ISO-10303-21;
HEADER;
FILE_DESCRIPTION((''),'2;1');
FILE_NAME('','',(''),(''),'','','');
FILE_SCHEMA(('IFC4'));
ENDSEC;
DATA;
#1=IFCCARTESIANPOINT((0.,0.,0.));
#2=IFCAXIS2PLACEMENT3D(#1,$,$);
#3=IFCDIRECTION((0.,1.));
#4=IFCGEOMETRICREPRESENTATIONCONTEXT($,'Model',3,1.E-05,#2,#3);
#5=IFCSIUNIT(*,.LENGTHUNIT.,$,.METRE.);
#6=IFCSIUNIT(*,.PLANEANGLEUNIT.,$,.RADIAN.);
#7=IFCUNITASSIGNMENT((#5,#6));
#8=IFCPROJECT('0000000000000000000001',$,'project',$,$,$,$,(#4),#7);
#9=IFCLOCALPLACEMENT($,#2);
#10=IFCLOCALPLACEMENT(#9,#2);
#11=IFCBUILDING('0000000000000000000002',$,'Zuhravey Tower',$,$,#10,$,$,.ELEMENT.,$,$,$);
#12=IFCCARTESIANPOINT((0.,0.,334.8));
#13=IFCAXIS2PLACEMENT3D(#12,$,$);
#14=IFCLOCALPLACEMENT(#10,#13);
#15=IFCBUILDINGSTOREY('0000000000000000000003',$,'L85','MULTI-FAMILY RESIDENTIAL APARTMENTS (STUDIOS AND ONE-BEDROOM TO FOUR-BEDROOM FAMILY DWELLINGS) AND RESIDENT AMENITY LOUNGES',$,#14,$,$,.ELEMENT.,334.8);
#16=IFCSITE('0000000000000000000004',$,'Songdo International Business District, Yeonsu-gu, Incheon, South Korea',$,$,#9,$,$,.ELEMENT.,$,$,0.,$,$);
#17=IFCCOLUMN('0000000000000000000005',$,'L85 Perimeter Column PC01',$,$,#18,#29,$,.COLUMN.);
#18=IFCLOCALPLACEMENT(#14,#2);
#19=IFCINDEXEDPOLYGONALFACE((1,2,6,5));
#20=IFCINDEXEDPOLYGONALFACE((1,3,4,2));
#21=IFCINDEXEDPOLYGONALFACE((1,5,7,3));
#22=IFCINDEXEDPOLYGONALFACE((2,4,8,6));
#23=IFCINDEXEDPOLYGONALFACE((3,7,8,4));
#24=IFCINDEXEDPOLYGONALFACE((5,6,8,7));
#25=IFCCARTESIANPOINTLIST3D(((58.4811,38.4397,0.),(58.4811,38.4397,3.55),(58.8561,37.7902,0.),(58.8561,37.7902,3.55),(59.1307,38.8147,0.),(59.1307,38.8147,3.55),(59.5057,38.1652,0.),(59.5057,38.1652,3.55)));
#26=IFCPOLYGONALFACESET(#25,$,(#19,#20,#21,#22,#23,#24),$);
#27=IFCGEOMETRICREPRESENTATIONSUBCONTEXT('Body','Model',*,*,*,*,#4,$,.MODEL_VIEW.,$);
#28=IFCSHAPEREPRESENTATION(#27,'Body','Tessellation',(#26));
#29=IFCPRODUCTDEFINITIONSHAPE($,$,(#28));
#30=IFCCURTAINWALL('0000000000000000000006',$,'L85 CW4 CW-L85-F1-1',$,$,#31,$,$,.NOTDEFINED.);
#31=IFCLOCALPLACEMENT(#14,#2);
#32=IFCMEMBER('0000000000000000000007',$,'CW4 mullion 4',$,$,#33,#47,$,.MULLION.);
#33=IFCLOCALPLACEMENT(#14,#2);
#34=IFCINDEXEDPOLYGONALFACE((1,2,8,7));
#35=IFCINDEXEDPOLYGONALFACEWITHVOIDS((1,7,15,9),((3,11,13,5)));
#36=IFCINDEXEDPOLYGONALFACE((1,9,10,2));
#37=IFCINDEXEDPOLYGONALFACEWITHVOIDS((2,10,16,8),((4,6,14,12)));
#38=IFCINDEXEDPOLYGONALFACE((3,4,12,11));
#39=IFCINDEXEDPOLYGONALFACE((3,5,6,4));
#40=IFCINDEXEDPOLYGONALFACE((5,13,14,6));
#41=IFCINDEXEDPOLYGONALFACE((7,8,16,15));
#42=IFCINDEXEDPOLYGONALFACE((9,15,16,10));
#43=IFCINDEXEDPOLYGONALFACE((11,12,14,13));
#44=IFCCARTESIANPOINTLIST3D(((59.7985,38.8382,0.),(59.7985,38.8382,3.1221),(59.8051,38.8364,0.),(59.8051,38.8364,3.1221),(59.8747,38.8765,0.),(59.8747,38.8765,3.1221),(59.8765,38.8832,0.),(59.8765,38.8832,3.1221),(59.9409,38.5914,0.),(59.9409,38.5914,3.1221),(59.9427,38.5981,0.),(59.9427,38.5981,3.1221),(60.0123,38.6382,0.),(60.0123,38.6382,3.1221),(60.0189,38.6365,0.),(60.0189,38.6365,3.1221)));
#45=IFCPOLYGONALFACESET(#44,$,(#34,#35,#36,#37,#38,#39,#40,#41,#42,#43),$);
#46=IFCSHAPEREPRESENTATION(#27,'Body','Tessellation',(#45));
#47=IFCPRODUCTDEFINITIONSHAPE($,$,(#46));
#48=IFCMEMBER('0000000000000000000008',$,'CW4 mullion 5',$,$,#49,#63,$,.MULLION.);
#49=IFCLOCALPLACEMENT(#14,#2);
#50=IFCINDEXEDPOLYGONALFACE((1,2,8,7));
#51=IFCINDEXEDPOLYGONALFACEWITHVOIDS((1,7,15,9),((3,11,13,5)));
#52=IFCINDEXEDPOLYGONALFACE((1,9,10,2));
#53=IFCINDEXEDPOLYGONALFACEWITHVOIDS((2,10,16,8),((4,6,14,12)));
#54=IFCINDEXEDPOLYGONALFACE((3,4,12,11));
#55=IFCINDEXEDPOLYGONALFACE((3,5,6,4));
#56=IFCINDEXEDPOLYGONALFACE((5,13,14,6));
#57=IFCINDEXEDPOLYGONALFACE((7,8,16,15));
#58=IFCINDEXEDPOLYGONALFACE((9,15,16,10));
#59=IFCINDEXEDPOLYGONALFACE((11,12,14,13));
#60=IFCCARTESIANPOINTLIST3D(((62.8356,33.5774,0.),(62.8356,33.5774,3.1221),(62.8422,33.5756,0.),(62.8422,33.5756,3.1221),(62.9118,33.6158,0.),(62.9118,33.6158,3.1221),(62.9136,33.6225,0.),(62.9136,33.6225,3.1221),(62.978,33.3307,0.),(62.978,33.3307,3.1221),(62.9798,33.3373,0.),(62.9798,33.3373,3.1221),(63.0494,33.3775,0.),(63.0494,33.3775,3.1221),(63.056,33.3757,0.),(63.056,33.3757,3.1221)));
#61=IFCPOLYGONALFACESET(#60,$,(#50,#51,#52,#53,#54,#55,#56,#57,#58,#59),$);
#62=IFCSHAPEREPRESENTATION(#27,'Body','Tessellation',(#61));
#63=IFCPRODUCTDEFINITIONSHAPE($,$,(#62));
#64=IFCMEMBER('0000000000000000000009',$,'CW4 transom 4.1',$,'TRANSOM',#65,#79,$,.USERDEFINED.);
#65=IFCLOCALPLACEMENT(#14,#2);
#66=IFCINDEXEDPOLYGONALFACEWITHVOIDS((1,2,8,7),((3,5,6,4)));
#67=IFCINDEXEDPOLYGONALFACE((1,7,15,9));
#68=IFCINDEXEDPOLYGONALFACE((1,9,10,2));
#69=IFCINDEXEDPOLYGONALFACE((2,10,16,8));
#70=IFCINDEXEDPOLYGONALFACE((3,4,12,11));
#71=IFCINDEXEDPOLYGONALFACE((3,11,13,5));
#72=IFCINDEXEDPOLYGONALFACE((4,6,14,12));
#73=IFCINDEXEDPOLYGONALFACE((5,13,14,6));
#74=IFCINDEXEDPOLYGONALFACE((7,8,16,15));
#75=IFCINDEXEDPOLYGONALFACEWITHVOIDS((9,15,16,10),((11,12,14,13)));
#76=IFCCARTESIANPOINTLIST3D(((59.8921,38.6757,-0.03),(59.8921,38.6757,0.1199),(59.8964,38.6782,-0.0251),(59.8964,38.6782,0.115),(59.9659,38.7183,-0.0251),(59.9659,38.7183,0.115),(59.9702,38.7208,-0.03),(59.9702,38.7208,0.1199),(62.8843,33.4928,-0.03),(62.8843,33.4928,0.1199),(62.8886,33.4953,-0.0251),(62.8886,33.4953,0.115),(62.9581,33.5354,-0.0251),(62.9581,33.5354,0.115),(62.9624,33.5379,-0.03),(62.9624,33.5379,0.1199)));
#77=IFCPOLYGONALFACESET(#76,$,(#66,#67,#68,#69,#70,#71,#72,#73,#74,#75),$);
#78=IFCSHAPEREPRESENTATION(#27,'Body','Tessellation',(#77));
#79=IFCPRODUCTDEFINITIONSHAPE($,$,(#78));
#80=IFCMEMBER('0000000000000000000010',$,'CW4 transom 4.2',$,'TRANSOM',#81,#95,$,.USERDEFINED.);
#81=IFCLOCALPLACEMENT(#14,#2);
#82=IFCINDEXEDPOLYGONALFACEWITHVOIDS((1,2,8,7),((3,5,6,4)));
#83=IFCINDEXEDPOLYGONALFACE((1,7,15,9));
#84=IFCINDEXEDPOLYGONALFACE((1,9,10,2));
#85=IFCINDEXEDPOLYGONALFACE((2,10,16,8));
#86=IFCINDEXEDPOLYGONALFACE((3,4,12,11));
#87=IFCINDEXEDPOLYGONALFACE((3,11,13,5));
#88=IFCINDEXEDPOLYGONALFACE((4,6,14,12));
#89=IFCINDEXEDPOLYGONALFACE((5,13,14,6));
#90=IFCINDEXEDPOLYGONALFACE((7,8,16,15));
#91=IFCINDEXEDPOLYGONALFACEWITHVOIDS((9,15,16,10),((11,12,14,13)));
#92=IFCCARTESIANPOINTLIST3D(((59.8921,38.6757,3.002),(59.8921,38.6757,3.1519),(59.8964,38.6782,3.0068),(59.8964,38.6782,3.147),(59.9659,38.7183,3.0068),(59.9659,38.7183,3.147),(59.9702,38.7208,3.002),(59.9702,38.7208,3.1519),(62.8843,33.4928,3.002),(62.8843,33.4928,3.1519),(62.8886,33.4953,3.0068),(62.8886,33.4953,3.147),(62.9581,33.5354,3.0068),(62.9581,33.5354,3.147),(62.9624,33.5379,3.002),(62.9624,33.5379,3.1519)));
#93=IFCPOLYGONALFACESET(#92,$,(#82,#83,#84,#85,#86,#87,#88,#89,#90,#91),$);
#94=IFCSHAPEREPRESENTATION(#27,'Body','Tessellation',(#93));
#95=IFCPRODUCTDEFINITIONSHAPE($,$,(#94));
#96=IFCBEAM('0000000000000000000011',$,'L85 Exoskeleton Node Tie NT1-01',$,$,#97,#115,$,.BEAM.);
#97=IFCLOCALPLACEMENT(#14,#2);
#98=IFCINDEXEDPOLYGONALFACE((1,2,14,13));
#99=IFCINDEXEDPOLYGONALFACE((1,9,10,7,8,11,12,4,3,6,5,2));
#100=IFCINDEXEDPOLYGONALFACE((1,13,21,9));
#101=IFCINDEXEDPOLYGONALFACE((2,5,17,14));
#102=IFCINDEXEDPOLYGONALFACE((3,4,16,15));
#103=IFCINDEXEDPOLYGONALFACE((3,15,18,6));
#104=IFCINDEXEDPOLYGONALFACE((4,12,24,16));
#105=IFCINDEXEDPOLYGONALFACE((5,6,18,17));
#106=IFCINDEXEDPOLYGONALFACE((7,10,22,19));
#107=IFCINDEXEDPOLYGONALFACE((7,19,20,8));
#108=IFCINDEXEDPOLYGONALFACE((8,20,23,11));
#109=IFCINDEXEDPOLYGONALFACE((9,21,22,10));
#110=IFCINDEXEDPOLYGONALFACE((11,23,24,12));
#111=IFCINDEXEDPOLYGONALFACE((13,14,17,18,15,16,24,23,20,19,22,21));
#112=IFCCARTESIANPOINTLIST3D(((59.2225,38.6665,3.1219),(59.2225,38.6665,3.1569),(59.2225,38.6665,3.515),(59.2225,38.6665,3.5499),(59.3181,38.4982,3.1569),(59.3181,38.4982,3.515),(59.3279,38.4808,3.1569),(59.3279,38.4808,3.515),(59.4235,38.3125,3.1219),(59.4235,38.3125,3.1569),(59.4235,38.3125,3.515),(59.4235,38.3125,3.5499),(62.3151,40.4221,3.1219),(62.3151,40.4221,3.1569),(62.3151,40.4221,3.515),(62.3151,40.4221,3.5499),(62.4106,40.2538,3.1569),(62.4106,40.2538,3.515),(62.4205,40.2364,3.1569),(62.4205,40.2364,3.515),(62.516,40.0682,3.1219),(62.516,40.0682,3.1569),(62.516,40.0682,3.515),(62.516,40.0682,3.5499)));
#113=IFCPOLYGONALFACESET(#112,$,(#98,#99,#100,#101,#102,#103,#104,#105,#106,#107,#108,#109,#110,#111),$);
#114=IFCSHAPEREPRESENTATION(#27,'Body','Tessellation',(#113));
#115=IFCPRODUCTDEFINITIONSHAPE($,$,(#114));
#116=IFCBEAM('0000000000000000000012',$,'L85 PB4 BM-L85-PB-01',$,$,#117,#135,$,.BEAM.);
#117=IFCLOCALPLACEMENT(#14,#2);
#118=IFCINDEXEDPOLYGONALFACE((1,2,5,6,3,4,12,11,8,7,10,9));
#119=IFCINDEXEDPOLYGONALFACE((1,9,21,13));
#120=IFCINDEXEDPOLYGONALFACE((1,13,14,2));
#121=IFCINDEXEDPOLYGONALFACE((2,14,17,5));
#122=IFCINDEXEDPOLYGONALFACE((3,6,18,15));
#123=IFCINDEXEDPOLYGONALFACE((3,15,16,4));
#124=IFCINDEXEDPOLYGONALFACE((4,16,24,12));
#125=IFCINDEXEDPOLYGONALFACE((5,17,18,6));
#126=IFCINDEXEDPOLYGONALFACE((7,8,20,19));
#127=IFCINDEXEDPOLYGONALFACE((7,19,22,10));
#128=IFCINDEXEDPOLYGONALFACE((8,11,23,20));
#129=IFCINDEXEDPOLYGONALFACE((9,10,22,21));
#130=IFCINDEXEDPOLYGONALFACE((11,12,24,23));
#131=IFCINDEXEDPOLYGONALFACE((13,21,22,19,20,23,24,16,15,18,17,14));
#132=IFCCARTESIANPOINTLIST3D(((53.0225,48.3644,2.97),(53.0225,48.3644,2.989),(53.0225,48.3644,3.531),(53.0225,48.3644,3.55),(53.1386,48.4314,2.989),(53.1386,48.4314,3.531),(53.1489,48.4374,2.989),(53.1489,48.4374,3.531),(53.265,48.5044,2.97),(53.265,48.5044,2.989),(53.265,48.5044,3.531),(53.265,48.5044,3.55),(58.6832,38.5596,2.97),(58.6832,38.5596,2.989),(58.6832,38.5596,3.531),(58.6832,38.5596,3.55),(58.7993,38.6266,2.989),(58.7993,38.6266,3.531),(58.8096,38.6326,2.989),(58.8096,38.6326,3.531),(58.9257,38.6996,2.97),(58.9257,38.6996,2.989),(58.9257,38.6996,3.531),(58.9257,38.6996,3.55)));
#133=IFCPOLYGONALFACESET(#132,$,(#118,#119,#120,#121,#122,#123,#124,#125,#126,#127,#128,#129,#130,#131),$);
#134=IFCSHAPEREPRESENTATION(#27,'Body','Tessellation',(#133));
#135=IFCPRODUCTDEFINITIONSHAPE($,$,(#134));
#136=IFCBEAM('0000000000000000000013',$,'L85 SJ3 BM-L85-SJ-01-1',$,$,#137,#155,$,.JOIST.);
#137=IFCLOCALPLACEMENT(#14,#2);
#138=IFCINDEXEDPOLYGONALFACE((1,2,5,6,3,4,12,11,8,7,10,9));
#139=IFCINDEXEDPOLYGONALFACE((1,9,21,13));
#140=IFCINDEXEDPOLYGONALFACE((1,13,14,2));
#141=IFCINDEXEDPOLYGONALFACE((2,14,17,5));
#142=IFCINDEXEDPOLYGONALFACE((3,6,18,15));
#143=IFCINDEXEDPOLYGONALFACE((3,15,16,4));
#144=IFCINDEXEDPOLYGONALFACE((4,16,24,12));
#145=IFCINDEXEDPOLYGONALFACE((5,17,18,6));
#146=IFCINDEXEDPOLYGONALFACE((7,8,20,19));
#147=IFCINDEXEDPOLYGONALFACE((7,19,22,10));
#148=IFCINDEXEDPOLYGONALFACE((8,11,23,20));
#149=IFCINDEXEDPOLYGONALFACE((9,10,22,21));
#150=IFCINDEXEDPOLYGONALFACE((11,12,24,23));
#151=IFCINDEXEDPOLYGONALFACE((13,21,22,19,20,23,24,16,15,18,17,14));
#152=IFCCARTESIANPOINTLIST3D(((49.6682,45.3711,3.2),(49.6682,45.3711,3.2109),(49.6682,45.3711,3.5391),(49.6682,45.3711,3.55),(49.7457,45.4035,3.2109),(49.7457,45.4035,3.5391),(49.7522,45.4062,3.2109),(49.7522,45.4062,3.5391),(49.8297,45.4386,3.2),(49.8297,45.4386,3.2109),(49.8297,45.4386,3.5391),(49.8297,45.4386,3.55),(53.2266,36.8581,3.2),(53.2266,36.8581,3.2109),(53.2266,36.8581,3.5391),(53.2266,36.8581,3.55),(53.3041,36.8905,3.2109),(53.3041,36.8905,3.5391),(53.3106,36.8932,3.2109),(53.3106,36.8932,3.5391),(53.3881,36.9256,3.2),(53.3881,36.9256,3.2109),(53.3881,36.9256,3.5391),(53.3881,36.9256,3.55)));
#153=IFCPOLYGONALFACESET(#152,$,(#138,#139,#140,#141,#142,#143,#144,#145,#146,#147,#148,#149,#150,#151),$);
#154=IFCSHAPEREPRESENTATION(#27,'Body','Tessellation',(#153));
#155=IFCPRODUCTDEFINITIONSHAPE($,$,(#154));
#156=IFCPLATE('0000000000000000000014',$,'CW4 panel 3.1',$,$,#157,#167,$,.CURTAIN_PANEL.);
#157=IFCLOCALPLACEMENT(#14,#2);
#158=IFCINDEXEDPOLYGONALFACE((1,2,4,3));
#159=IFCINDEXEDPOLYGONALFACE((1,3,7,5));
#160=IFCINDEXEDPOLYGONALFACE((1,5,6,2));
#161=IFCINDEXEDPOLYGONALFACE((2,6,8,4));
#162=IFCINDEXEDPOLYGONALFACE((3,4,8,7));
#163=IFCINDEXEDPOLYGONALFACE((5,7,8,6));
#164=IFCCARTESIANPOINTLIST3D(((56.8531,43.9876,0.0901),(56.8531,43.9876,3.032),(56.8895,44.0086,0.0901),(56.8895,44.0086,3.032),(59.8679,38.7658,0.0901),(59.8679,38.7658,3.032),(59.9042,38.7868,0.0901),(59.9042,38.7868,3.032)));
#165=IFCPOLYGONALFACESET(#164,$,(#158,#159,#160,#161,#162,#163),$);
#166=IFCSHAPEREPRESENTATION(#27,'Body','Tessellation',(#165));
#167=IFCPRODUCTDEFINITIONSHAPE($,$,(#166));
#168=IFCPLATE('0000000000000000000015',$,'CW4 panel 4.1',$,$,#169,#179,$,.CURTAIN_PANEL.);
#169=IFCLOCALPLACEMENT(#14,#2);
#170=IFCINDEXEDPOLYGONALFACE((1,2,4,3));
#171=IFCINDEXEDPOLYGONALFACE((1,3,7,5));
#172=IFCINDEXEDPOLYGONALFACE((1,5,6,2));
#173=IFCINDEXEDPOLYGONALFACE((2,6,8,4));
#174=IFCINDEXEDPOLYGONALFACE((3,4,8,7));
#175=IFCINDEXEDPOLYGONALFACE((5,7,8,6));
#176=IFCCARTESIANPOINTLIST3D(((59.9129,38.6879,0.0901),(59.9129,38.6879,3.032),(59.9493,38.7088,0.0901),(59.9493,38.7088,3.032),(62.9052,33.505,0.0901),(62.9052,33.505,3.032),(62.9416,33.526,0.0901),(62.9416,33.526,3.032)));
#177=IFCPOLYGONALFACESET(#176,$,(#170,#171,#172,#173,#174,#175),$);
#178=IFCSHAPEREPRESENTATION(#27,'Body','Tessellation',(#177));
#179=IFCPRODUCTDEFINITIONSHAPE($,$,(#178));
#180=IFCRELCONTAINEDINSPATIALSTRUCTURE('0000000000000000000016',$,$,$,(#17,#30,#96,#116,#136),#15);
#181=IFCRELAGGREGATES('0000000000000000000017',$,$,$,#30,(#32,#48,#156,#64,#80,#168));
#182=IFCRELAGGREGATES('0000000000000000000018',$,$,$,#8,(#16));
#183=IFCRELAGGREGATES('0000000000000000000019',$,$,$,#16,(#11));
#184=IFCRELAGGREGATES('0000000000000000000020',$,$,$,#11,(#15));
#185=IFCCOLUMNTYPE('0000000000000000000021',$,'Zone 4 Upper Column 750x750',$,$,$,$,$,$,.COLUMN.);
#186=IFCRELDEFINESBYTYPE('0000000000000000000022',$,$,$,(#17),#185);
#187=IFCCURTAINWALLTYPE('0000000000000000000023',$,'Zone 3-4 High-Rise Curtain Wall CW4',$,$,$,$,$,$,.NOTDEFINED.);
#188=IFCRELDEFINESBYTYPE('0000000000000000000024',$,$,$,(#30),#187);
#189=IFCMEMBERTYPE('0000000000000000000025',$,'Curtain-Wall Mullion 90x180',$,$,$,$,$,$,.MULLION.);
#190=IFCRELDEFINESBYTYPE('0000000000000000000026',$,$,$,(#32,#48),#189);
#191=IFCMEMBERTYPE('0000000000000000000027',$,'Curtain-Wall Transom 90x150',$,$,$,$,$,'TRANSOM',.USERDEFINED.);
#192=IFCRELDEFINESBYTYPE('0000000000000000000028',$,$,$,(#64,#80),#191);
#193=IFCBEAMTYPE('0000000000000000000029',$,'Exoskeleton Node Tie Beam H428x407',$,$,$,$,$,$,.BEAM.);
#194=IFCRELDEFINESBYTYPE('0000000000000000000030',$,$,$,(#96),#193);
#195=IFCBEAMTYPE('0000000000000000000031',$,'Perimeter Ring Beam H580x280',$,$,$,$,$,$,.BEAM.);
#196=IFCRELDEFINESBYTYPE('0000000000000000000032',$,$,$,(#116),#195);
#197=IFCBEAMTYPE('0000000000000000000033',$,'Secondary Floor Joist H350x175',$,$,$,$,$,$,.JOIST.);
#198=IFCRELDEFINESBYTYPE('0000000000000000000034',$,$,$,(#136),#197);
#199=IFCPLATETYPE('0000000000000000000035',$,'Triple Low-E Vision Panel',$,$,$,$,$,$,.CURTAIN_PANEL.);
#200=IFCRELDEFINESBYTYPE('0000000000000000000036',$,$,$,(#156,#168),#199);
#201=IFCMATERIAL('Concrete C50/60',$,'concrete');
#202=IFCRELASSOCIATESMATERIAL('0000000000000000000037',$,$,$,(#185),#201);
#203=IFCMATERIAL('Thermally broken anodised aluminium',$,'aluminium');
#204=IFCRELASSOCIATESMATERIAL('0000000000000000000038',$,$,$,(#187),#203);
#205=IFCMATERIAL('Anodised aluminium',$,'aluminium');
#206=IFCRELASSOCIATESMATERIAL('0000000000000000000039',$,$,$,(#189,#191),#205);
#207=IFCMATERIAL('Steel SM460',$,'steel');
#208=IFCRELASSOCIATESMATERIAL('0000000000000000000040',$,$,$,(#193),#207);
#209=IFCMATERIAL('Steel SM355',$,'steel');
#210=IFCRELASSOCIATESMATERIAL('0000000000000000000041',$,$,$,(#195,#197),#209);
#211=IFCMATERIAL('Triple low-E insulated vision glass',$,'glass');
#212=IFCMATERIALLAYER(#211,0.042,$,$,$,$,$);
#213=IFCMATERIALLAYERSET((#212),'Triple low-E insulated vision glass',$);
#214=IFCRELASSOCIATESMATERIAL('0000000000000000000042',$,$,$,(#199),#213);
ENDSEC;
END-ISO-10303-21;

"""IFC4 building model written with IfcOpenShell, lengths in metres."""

from ifc_helpers import new_model, si_unit, direction, frame, origin, origin_2d, place, context, subcontext, project, spatial, rectangle, hollow_rectangle, i_section, extrude, material, layer, layer_set, material_profile, profile_set, type_object, element, aggregate, save


model = new_model("IFC4")

# Units and contexts
model_context = context("Model", 3, precision=1e-05, world=origin(), true_north=direction((0.0, 1.0)))
body_context = subcontext(model_context, "Body", "Model", "MODEL_VIEW")
ifc_project = project(units=[si_unit("LENGTHUNIT", "METRE"), si_unit("PLANEANGLEUNIT", "RADIAN")], contexts=[model_context])

# Site, building, storey
site_placement = place(None, origin())
site = spatial("IfcSite", under=ifc_project, at=site_placement, Name="Songdo International Business District, Yeonsu-gu, Incheon, South Korea", CompositionType="ELEMENT", RefElevation=0.0)
building_placement = place(site_placement, origin())
building = spatial("IfcBuilding", under=site, at=building_placement, Name="Zuhravey Tower", CompositionType="ELEMENT")
storey_placement = place(building_placement, frame((0.0, 0.0, 334.8)))
storey = spatial("IfcBuildingStorey", under=building, at=storey_placement, Name="L85", Description="MULTI-FAMILY RESIDENTIAL APARTMENTS (STUDIOS AND ONE-BEDROOM TO FOUR-BEDROOM FAMILY DWELLINGS) AND RESIDENT AMENITY LOUNGES", CompositionType="ELEMENT", Elevation=334.8)

# Column
ifc_material_1 = material(Name="Concrete C50/60", Category="concrete")
ifc_material_profile_1 = material_profile(ifc_material_1, rectangle(XDim=0.75, YDim=0.75, at=origin_2d()), Name="RC-750x750")
ifc_profile_set_1 = profile_set([ifc_material_profile_1], Name="Concrete C50/60")
column_type = type_object("IfcColumnType", Name="Zone 4 Upper Column 750x750", PredefinedType="COLUMN", material=ifc_profile_set_1)
column_placement = place(storey_placement, frame((58.9934, 38.3025, 0.0), z_axis=(0.0, 0.0, 1.0), x_axis=(-0.5, 0.866025, 0.0)))
element("IfcColumn", 1, at=column_placement, inside=storey, type_object=column_type, Name="L85 Perimeter Column PC01", PredefinedType="COLUMN", context=body_context, shape_type="SweptSolid", body=[
    extrude(rectangle(XDim=0.75, YDim=0.75, at=origin_2d()), origin(), (0.0, 0.0, 1.0), 3.55),
])

# Curtain wall, members
ifc_material_2 = material(Name="Thermally broken anodised aluminium", Category="aluminium")
curtain_wall_type = type_object("IfcCurtainWallType", Name="Zone 3-4 High-Rise Curtain Wall CW4", PredefinedType="NOTDEFINED", material=ifc_material_2)
curtain_wall_placement = place(storey_placement, origin())
curtain_wall = element("IfcCurtainWall", 2, at=curtain_wall_placement, inside=storey, type_object=curtain_wall_type, Name="L85 CW4 CW-L85-F1-1", PredefinedType="NOTDEFINED")
ifc_material_3 = material(Name="Anodised aluminium", Category="aluminium")
ifc_material_profile_2 = material_profile(ifc_material_3, hollow_rectangle(XDim=0.0901, YDim=0.2849, WallThickness=0.0049, at=origin_2d()), Name="ALU-RHS-90x285x5")
ifc_profile_set_2 = profile_set([ifc_material_profile_2], Name="Anodised aluminium")
member_type_1 = type_object("IfcMemberType", Name="Curtain-Wall Mullion 90x180", PredefinedType="MULLION", material=ifc_profile_set_2)
member_1_placement = place(storey_placement, frame((59.9087, 38.7373, 0.0), z_axis=(0.0, 0.0, 1.0), x_axis=(0.866026, 0.5, 0.0)))
member_1 = element("IfcMember", 3, at=member_1_placement, type_object=member_type_1, Name="CW4 mullion 4", PredefinedType="MULLION", context=body_context, shape_type="SweptSolid", body=[
    extrude(hollow_rectangle(XDim=0.0901, YDim=0.2849, WallThickness=0.0049, at=origin_2d()), origin(), (0.0, 0.0, 1.0), 3.1221),
])
member_2_placement = place(storey_placement, frame((62.9458, 33.4766, 0.0), z_axis=(0.0, 0.0, 1.0), x_axis=(0.866026, 0.5, 0.0)))
member_2 = element("IfcMember", 4, at=member_2_placement, type_object=member_type_1, Name="CW4 mullion 5", PredefinedType="MULLION", context=body_context, shape_type="SweptSolid", body=[
    extrude(hollow_rectangle(XDim=0.0901, YDim=0.2849, WallThickness=0.0049, at=origin_2d()), origin(), (0.0, 0.0, 1.0), 3.1221),
])
ifc_material_profile_3 = material_profile(ifc_material_3, hollow_rectangle(XDim=0.0901, YDim=0.1499, WallThickness=0.0049, at=origin_2d()), Name="ALU-RHS-90x150x5")
ifc_profile_set_3 = profile_set([ifc_material_profile_3], Name="Anodised aluminium")
member_type_2 = type_object("IfcMemberType", Name="Curtain-Wall Transom 90x150", ElementType="TRANSOM", PredefinedType="USERDEFINED", material=ifc_profile_set_3)
member_3_placement = place(storey_placement, frame((59.9312, 38.6982, 0.0449), z_axis=(0.499983, -0.866035, 0.0), x_axis=(0.866035, 0.499983, 0.0)))
member_3 = element("IfcMember", 5, at=member_3_placement, type_object=member_type_2, Name="CW4 transom 4.1", ObjectType="TRANSOM", PredefinedType="USERDEFINED", context=body_context, shape_type="SweptSolid", body=[
    extrude(hollow_rectangle(XDim=0.0901, YDim=0.1499, WallThickness=0.0049, at=origin_2d()), origin(), (0.0, 0.0, 1.0), 5.9846),
])
member_4_placement = place(storey_placement, frame((59.9312, 38.6982, 3.0769), z_axis=(0.499983, -0.866035, 0.0), x_axis=(0.866035, 0.499983, 0.0)))
member_4 = element("IfcMember", 6, at=member_4_placement, type_object=member_type_2, Name="CW4 transom 4.2", ObjectType="TRANSOM", PredefinedType="USERDEFINED", context=body_context, shape_type="SweptSolid", body=[
    extrude(hollow_rectangle(XDim=0.0901, YDim=0.1499, WallThickness=0.0049, at=origin_2d()), origin(), (0.0, 0.0, 1.0), 5.9846),
])

# Beams
ifc_material_4 = material(Name="Steel SM460", Category="steel")
ifc_material_profile_4 = material_profile(ifc_material_4, i_section(OverallWidth=0.407, OverallDepth=0.428, WebThickness=0.02, FlangeThickness=0.0349, at=origin_2d()), Name="H-428x407x20x35")
ifc_profile_set_4 = profile_set([ifc_material_profile_4], Name="Steel SM460")
beam_type_1 = type_object("IfcBeamType", Name="Exoskeleton Node Tie Beam H428x407", PredefinedType="BEAM", material=ifc_profile_set_4)
beam_1_placement = place(storey_placement, frame((59.323, 38.4895, 3.3359), z_axis=(0.869638, 0.49369, 0.0), x_axis=(-0.49369, 0.869638, 0.0)))
element("IfcBeam", 7, at=beam_1_placement, inside=storey, type_object=beam_type_1, Name="L85 Exoskeleton Node Tie NT1-01", PredefinedType="BEAM", context=body_context, shape_type="SweptSolid", body=[
    extrude(i_section(OverallWidth=0.407, OverallDepth=0.428, WebThickness=0.02, FlangeThickness=0.0349, at=origin_2d()), origin(), (0.0, 0.0, 1.0), 3.5562),
])
ifc_material_5 = material(Name="Steel SM355", Category="steel")
ifc_material_profile_5 = material_profile(ifc_material_5, i_section(OverallWidth=0.28, OverallDepth=0.5801, WebThickness=0.012, FlangeThickness=0.019, at=origin_2d()), Name="H-580x280x12x19")
ifc_profile_set_5 = profile_set([ifc_material_profile_5], Name="Steel SM355")
beam_type_2 = type_object("IfcBeamType", Name="Perimeter Ring Beam H580x280", PredefinedType="BEAM", material=ifc_profile_set_5)
beam_2_placement = place(storey_placement, frame((58.8044, 38.6296, 3.26), z_axis=(-0.499994, 0.866029, 0.0), x_axis=(-0.866029, -0.499994, 0.0)))
element("IfcBeam", 8, at=beam_2_placement, inside=storey, type_object=beam_type_2, Name="L85 PB4 BM-L85-PB-01", PredefinedType="BEAM", context=body_context, shape_type="SweptSolid", body=[
    extrude(i_section(OverallWidth=0.28, OverallDepth=0.5801, WebThickness=0.012, FlangeThickness=0.019, at=origin_2d()), origin(), (0.0, 0.0, 1.0), 11.3215),
])
ifc_material_profile_6 = material_profile(ifc_material_5, i_section(OverallWidth=0.175, OverallDepth=0.3501, WebThickness=0.0071, FlangeThickness=0.011, at=origin_2d()), Name="H-350x175x7x11")
ifc_profile_set_6 = profile_set([ifc_material_profile_6], Name="Steel SM355")
beam_type_3 = type_object("IfcBeamType", Name="Secondary Floor Joist H350x175", PredefinedType="JOIST", material=ifc_profile_set_6)
beam_3_placement = place(storey_placement, frame((53.3074, 36.8918, 3.375), z_axis=(-0.385658, 0.922642, 0.0), x_axis=(-0.922642, -0.385658, 0.0)))
element("IfcBeam", 9, at=beam_3_placement, inside=storey, type_object=beam_type_3, Name="L85 SJ3 BM-L85-SJ-01-1", PredefinedType="JOIST", context=body_context, shape_type="SweptSolid", body=[
    extrude(i_section(OverallWidth=0.175, OverallDepth=0.3501, WebThickness=0.0071, FlangeThickness=0.011, at=origin_2d()), origin(), (0.0, 0.0, 1.0), 9.2268),
])

# Plates
ifc_material_6 = material(Name="Triple low-E insulated vision glass", Category="glass")
ifc_layer_1 = layer(ifc_material_6, 0.042)
ifc_layer_set_1 = layer_set([ifc_layer_1], Name="Triple low-E insulated vision glass")
plate_type = type_object("IfcPlateType", Name="Triple Low-E Vision Panel", PredefinedType="CURTAIN_PANEL", material=ifc_layer_set_1)
plate_1_placement = place(storey_placement, frame((58.3787, 41.3872, 0.0901), z_axis=(0.0, 0.0, 1.0), x_axis=(0.5, -0.866026, 0.0)))
plate_1 = element("IfcPlate", 10, at=plate_1_placement, type_object=plate_type, Name="CW4 panel 3.1", PredefinedType="CURTAIN_PANEL", context=body_context, shape_type="SweptSolid", body=[
    extrude(rectangle(XDim=6.0295, YDim=0.042, at=origin_2d()), origin(), (0.0, 0.0, 1.0), 2.9419),
])
plate_2_placement = place(storey_placement, frame((61.4272, 36.1069, 0.0901), z_axis=(0.0, 0.0, 1.0), x_axis=(0.5, -0.866026, 0.0)))
plate_2 = element("IfcPlate", 11, at=plate_2_placement, type_object=plate_type, Name="CW4 panel 4.1", PredefinedType="CURTAIN_PANEL", context=body_context, shape_type="SweptSolid", body=[
    extrude(rectangle(XDim=5.9846, YDim=0.042, at=origin_2d()), origin(), (0.0, 0.0, 1.0), 2.9419),
])
aggregate(curtain_wall, [member_1, member_2, plate_1, member_3, member_4, plate_2])

save(model, "model.ifc")
